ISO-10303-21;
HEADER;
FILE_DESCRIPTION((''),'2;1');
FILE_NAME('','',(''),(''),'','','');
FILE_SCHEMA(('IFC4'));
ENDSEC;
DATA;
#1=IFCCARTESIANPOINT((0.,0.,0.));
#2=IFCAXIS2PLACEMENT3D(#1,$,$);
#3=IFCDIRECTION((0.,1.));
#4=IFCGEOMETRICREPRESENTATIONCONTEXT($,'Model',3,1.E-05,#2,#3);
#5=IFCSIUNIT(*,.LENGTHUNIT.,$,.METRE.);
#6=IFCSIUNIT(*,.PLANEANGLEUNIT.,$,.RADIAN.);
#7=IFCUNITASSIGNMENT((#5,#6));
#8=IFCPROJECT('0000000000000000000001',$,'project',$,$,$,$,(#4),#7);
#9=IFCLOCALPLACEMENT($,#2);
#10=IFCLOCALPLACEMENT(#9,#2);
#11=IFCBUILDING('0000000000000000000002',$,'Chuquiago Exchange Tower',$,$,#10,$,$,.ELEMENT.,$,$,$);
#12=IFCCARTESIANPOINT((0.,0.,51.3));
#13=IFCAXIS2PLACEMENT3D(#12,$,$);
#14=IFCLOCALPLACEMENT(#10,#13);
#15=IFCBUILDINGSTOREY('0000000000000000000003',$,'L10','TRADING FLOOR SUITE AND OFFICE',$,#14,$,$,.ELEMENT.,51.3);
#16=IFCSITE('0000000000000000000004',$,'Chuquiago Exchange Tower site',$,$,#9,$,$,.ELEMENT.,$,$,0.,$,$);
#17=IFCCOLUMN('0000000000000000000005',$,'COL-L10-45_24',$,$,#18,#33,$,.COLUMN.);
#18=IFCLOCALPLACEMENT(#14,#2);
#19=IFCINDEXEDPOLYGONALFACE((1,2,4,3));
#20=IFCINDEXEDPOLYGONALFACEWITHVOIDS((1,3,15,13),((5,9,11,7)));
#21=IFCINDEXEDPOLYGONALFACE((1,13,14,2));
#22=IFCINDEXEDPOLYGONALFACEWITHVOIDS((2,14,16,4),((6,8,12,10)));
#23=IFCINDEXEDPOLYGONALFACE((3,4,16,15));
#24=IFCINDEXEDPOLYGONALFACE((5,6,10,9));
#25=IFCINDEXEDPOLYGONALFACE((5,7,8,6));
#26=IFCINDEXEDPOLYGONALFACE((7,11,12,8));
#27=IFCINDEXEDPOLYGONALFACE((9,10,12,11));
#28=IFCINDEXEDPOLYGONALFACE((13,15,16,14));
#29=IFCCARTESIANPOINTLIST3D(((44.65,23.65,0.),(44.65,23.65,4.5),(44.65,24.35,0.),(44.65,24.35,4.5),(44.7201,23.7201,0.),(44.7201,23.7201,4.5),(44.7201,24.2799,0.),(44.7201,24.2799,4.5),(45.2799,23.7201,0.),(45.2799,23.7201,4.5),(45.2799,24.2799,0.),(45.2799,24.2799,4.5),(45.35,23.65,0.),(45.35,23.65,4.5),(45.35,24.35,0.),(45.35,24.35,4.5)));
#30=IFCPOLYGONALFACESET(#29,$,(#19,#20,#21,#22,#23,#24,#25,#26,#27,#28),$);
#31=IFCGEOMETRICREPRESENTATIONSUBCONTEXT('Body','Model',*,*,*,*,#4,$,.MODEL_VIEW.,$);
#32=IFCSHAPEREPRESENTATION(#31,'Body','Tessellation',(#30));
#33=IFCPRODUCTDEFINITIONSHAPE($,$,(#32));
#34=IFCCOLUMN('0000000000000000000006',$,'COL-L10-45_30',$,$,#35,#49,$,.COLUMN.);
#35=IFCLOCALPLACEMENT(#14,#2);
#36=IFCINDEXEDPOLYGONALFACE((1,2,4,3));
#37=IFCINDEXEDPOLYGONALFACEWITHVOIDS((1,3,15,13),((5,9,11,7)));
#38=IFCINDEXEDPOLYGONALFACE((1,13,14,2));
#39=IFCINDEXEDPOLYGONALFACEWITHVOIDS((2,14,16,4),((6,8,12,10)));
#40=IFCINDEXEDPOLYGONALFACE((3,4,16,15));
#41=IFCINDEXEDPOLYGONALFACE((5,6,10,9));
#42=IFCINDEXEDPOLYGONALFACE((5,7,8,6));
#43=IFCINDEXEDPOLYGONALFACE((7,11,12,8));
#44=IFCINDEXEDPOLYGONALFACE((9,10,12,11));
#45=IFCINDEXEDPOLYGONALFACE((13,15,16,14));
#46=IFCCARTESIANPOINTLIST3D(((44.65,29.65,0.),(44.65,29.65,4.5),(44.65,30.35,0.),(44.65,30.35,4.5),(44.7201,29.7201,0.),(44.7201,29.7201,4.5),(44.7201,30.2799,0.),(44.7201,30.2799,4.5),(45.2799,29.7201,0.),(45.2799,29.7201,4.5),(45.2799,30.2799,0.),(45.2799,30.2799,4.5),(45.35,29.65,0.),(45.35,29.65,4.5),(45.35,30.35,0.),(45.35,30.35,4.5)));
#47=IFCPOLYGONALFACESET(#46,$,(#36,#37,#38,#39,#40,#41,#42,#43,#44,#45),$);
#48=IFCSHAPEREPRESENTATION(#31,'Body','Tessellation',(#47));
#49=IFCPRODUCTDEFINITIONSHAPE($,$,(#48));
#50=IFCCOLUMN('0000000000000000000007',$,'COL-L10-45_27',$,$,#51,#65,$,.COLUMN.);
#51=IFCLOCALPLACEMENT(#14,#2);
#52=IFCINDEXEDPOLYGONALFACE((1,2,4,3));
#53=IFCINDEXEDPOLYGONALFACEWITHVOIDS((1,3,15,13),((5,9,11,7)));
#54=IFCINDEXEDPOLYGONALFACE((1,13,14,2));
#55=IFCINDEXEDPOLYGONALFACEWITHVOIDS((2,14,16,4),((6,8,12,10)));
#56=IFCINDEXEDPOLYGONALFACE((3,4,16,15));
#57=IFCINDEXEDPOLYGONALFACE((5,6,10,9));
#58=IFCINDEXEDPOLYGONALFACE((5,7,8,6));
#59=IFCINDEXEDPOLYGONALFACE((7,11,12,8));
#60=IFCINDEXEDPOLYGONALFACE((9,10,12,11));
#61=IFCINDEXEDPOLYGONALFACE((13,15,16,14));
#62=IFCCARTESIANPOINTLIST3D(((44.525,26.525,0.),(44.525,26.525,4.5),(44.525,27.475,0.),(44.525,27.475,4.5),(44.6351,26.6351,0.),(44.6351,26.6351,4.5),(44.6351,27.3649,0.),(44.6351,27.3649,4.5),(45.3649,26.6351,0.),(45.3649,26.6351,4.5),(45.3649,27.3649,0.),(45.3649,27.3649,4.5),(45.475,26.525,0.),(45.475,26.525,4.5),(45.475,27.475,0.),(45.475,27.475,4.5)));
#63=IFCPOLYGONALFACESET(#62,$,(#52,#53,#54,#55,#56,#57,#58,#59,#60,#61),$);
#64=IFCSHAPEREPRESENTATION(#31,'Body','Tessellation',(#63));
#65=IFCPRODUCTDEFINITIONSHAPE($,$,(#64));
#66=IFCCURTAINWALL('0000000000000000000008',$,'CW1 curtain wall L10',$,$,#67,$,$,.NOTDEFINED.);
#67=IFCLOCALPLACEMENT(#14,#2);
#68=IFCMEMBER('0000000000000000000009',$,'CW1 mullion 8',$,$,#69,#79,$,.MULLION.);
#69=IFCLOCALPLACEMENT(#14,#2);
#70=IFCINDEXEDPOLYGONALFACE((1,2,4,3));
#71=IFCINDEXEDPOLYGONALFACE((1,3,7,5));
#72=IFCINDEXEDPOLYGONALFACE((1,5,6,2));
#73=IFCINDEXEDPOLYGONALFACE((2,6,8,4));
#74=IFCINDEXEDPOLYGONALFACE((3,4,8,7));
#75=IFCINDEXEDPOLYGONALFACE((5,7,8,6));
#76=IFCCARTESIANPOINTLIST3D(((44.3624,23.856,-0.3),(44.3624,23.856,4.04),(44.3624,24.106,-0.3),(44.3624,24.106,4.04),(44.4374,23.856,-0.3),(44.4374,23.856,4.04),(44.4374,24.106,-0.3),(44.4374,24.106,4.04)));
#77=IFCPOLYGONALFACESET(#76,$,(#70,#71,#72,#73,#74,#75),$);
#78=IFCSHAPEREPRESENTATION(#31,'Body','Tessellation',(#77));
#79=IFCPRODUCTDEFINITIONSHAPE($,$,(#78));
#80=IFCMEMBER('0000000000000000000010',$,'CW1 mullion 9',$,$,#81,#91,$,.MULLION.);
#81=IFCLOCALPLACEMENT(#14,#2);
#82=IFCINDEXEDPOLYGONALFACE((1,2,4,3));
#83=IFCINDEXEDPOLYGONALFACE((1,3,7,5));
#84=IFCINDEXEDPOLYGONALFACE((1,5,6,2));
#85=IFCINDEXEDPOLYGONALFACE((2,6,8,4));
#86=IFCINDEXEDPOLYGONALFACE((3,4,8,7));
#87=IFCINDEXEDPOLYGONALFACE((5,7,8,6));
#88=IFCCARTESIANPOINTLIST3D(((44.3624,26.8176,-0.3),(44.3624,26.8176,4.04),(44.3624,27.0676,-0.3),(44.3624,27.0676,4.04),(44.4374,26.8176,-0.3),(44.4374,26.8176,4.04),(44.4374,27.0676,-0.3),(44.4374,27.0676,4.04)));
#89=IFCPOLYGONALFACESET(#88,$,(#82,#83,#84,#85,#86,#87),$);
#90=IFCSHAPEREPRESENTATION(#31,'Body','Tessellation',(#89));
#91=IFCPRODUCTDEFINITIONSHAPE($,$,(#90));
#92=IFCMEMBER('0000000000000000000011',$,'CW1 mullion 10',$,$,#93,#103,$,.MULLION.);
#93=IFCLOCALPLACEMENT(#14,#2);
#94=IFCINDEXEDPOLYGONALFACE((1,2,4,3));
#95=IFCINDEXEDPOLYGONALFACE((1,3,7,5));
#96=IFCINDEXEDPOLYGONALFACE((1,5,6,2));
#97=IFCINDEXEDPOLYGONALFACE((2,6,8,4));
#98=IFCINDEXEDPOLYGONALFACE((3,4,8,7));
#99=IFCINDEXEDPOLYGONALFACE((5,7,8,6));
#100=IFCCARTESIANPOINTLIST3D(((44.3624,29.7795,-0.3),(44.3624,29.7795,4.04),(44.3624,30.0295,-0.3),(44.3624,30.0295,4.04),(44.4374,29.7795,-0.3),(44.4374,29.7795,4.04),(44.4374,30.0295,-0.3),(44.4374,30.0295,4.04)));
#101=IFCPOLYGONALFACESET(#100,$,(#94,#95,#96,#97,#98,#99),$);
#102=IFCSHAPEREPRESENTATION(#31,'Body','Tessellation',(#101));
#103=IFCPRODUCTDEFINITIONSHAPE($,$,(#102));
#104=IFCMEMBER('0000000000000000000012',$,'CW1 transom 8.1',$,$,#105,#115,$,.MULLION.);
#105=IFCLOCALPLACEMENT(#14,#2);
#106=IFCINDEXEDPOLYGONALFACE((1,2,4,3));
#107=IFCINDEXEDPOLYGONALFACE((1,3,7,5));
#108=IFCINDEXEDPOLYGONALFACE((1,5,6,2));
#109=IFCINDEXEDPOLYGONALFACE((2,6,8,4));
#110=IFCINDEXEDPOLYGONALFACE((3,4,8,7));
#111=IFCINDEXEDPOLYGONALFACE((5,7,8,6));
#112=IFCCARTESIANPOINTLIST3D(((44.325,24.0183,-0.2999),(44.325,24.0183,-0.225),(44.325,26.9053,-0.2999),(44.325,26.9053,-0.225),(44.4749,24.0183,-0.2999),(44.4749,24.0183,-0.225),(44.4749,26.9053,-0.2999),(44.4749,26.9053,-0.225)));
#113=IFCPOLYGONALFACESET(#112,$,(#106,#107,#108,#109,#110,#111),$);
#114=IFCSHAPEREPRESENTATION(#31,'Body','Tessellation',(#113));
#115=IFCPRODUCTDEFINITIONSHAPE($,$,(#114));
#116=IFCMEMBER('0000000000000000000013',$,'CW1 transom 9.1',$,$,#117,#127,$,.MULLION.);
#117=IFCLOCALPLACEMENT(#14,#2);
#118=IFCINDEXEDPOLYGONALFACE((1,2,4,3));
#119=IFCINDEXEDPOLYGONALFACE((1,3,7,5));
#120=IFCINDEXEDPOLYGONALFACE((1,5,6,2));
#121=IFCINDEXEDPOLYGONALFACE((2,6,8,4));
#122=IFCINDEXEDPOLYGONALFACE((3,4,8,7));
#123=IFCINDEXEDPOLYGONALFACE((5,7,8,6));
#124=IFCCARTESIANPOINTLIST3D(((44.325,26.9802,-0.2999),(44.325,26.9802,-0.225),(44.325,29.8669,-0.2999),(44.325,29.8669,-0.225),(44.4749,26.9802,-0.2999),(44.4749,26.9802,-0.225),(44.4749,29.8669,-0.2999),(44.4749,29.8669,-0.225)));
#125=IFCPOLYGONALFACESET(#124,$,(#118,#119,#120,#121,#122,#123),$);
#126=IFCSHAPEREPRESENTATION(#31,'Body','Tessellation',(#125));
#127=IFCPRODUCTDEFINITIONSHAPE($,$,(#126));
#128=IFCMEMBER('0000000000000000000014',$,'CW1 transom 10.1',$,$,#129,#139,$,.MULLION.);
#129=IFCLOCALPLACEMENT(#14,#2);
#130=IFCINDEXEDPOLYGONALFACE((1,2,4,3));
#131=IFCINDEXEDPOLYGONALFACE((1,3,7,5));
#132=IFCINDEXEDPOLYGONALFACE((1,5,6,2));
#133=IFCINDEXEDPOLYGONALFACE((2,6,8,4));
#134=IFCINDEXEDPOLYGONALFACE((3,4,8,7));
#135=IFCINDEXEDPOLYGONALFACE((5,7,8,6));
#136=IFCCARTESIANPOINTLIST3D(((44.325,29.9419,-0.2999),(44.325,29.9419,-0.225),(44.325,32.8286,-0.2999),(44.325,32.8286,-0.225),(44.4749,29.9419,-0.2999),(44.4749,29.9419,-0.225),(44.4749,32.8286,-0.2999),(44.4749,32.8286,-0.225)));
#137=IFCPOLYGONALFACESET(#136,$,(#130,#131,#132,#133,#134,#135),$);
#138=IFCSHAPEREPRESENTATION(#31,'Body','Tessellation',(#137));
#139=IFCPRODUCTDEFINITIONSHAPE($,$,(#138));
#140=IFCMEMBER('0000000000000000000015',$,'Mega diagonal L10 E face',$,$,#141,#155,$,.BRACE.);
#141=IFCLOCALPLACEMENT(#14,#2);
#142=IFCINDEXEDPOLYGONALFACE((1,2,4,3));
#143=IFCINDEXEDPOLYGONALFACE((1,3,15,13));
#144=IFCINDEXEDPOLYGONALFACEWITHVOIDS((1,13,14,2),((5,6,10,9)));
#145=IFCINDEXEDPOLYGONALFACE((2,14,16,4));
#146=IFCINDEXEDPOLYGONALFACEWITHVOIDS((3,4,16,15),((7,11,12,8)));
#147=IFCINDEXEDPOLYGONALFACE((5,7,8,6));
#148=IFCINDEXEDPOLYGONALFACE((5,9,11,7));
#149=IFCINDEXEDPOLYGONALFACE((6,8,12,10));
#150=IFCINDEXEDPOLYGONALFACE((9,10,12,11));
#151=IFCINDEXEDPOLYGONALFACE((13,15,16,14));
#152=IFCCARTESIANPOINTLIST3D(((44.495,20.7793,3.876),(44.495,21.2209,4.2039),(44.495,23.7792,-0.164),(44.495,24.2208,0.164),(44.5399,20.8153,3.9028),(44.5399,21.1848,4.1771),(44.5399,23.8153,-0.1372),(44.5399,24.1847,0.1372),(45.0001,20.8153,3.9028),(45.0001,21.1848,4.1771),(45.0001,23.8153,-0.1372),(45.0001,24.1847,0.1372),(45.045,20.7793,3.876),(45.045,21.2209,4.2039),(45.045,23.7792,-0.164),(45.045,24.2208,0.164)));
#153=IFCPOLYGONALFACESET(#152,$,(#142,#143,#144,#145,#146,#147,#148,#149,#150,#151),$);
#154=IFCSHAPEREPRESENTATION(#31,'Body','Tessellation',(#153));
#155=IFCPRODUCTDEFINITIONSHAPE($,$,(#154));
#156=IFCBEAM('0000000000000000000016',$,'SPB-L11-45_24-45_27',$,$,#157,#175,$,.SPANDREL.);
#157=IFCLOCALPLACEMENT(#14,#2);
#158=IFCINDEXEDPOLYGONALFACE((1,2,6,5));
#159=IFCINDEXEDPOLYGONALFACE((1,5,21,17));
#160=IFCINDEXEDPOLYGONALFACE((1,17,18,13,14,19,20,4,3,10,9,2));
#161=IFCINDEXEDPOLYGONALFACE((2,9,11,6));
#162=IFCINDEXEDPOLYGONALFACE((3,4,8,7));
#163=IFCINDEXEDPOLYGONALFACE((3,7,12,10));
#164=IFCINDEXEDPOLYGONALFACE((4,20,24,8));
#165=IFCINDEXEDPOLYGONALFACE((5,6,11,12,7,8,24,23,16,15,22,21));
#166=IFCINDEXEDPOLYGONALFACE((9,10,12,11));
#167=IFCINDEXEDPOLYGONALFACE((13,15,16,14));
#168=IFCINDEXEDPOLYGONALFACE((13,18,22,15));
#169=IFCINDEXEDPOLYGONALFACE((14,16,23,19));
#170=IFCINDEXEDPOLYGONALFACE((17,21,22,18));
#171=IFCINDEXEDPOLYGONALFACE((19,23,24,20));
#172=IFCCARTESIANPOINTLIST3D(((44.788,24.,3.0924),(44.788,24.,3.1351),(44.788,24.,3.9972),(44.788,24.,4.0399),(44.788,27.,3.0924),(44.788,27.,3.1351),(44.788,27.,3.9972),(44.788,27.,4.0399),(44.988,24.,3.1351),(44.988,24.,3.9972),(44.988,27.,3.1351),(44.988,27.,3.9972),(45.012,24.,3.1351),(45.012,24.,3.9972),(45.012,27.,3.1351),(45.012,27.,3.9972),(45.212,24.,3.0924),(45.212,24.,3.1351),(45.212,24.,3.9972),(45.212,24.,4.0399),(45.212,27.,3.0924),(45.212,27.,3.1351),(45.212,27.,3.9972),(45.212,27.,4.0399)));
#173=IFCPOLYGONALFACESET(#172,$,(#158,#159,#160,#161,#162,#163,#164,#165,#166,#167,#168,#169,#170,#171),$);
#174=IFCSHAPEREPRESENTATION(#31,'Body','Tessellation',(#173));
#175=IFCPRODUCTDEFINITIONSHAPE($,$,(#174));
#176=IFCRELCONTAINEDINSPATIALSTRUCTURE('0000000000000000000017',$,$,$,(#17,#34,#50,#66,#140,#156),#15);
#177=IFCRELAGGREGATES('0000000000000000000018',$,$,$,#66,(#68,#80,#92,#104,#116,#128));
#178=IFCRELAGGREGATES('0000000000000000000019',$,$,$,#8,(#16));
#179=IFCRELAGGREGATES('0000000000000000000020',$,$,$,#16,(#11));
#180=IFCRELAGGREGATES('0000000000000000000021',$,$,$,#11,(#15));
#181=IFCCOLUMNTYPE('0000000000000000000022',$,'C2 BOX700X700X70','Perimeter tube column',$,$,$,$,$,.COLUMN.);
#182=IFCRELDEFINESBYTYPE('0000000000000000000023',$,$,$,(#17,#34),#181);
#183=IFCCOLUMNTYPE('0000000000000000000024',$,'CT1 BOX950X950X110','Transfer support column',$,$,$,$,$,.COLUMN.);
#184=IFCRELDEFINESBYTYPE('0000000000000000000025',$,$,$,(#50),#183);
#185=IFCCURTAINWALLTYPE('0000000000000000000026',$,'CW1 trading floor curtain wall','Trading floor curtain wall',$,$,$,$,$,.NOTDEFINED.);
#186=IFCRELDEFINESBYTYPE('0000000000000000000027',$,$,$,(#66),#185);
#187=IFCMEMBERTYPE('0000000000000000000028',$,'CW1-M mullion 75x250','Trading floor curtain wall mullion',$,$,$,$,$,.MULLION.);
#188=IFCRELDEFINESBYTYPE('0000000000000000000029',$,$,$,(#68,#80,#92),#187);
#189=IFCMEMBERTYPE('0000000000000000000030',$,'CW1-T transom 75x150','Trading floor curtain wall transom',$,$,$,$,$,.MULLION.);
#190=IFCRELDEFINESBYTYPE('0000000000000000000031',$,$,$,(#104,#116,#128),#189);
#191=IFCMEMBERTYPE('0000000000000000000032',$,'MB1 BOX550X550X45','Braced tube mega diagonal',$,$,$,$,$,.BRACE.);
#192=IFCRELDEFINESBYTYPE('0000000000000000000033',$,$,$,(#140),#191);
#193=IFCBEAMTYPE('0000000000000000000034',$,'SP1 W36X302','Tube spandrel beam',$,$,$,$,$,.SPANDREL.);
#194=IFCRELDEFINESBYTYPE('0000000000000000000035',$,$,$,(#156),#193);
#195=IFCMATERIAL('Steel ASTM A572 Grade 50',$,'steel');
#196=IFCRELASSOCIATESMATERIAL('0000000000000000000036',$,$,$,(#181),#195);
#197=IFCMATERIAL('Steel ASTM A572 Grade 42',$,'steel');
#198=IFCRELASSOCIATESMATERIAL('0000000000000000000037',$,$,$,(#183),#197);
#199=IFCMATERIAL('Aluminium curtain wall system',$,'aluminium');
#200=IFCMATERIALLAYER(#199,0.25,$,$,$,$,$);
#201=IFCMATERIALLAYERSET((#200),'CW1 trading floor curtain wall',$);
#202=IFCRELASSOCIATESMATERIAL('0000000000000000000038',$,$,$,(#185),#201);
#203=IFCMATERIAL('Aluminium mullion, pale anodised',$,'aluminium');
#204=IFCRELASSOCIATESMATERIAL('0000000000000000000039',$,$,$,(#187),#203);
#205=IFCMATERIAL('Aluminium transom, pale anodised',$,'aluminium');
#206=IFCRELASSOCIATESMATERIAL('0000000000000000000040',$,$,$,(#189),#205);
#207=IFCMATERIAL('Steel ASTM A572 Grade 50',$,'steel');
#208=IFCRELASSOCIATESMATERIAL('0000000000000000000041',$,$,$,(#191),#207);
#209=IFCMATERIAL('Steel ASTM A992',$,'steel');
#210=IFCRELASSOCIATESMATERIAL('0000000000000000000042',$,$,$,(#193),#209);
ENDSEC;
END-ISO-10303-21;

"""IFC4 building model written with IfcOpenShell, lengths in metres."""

from ifc_helpers import new_model, si_unit, direction, frame, origin, origin_2d, place, context, subcontext, project, spatial, rectangle, hollow_rectangle, i_section, extrude, material, layer, layer_set, material_profile, profile_set, type_object, element, aggregate, save


model = new_model("IFC4")

# Units and contexts
model_context = context("Model", 3, precision=1e-05, world=origin(), true_north=direction((0.0, 1.0)))
body_context = subcontext(model_context, "Body", "Model", "MODEL_VIEW")
ifc_project = project(units=[si_unit("LENGTHUNIT", "METRE"), si_unit("PLANEANGLEUNIT", "RADIAN")], contexts=[model_context])

# Site, building, storey
site_placement = place(None, origin())
site = spatial("IfcSite", under=ifc_project, at=site_placement, Name="Chuquiago Exchange Tower site", CompositionType="ELEMENT", RefElevation=0.0)
building_placement = place(site_placement, origin())
building = spatial("IfcBuilding", under=site, at=building_placement, Name="Chuquiago Exchange Tower", CompositionType="ELEMENT")
storey_placement = place(building_placement, frame((0.0, 0.0, 51.3)))
storey = spatial("IfcBuildingStorey", under=building, at=storey_placement, Name="L10", Description="TRADING FLOOR SUITE AND OFFICE", CompositionType="ELEMENT", Elevation=51.3)

# Columns
ifc_material_1 = material(Name="Steel ASTM A572 Grade 50", Category="steel")
ifc_material_profile_1 = material_profile(ifc_material_1, hollow_rectangle(XDim=0.7, YDim=0.7, WallThickness=0.0701, at=origin_2d()), Name="BOX700X700X70")
ifc_profile_set_1 = profile_set([ifc_material_profile_1], Name="Steel ASTM A572 Grade 50")
column_type_1 = type_object("IfcColumnType", Name="C2 BOX700X700X70", Description="Perimeter tube column", PredefinedType="COLUMN", material=ifc_profile_set_1)
for number, where, z_axis, x_axis, name in (
    (1, (45.0, 24.0, 0.0), (0.0, 0.0, 1.0), (1.0, 0.0, 0.0), "COL-L10-45_24"),
    (2, (45.0, 30.0, 0.0), (0.0, 0.0, 1.0), (1.0, 0.0, 0.0), "COL-L10-45_30"),
):
    element("IfcColumn", number, at=place(storey_placement, frame(where, z_axis=z_axis, x_axis=x_axis)), inside=storey, type_object=column_type_1, Name=name, PredefinedType="COLUMN", context=body_context, shape_type="SweptSolid", body=[
        extrude(hollow_rectangle(XDim=0.7, YDim=0.7, WallThickness=0.0701, at=origin_2d()), origin(), (0.0, 0.0, 1.0), 4.5),
    ])
ifc_material_2 = material(Name="Steel ASTM A572 Grade 42", Category="steel")
ifc_material_profile_2 = material_profile(ifc_material_2, hollow_rectangle(XDim=0.95, YDim=0.95, WallThickness=0.1101, at=origin_2d()), Name="BOX950X950X110")
ifc_profile_set_2 = profile_set([ifc_material_profile_2], Name="Steel ASTM A572 Grade 42")
column_type_2 = type_object("IfcColumnType", Name="CT1 BOX950X950X110", Description="Transfer support column", PredefinedType="COLUMN", material=ifc_profile_set_2)
column_placement = place(storey_placement, frame((45.0, 27.0, 0.0), z_axis=(0.0, 0.0, 1.0), x_axis=(1.0, 0.0, 0.0)))
element("IfcColumn", 3, at=column_placement, inside=storey, type_object=column_type_2, Name="COL-L10-45_27", PredefinedType="COLUMN", context=body_context, shape_type="SweptSolid", body=[
    extrude(hollow_rectangle(XDim=0.95, YDim=0.95, WallThickness=0.1101, at=origin_2d()), origin(), (0.0, 0.0, 1.0), 4.5),
])

# Curtain wall, members
ifc_material_3 = material(Name="Aluminium curtain wall system", Category="aluminium")
ifc_layer_1 = layer(ifc_material_3, 0.25)
ifc_layer_set_1 = layer_set([ifc_layer_1], Name="CW1 trading floor curtain wall")
curtain_wall_type = type_object("IfcCurtainWallType", Name="CW1 trading floor curtain wall", Description="Trading floor curtain wall", PredefinedType="NOTDEFINED", material=ifc_layer_set_1)
curtain_wall_placement = place(storey_placement, origin())
curtain_wall = element("IfcCurtainWall", 4, at=curtain_wall_placement, inside=storey, type_object=curtain_wall_type, Name="CW1 curtain wall L10", PredefinedType="NOTDEFINED")
ifc_material_4 = material(Name="Aluminium mullion, pale anodised", Category="aluminium")
ifc_material_profile_3 = material_profile(ifc_material_4, rectangle(XDim=0.075, YDim=0.25, at=origin_2d()), Name="AL 75x250")
ifc_profile_set_3 = profile_set([ifc_material_profile_3], Name="Aluminium mullion, pale anodised")
member_type_1 = type_object("IfcMemberType", Name="CW1-M mullion 75x250", Description="Trading floor curtain wall mullion", PredefinedType="MULLION", material=ifc_profile_set_3)
member_1_placement = place(storey_placement, frame((44.3999, 23.981, -0.3), z_axis=(0.0, 0.0, 1.0), x_axis=(-1.0, 0.0, 0.0)))
member_1 = element("IfcMember", 5, at=member_1_placement, type_object=member_type_1, Name="CW1 mullion 8", PredefinedType="MULLION", context=body_context, shape_type="SweptSolid", body=[
    extrude(rectangle(XDim=0.075, YDim=0.25, at=origin_2d()), origin(), (0.0, 0.0, 1.0), 4.3401),
])
member_2_placement = place(storey_placement, frame((44.3999, 26.9426, -0.3), z_axis=(0.0, 0.0, 1.0), x_axis=(-1.0, 0.0, 0.0)))
member_2 = element("IfcMember", 6, at=member_2_placement, type_object=member_type_1, Name="CW1 mullion 9", PredefinedType="MULLION", context=body_context, shape_type="SweptSolid", body=[
    extrude(rectangle(XDim=0.075, YDim=0.25, at=origin_2d()), origin(), (0.0, 0.0, 1.0), 4.3401),
])
member_3_placement = place(storey_placement, frame((44.3999, 29.9045, -0.3), z_axis=(0.0, 0.0, 1.0), x_axis=(-1.0, 0.0, 0.0)))
member_3 = element("IfcMember", 7, at=member_3_placement, type_object=member_type_1, Name="CW1 mullion 10", PredefinedType="MULLION", context=body_context, shape_type="SweptSolid", body=[
    extrude(rectangle(XDim=0.075, YDim=0.25, at=origin_2d()), origin(), (0.0, 0.0, 1.0), 4.3401),
])
ifc_material_5 = material(Name="Aluminium transom, pale anodised", Category="aluminium")
ifc_material_profile_4 = material_profile(ifc_material_5, rectangle(XDim=0.1499, YDim=0.075, at=origin_2d()), Name="AL 150x75")
ifc_profile_set_4 = profile_set([ifc_material_profile_4], Name="Aluminium transom, pale anodised")
member_type_2 = type_object("IfcMemberType", Name="CW1-T transom 75x150", Description="Trading floor curtain wall transom", PredefinedType="MULLION", material=ifc_profile_set_4)
member_4_placement = place(storey_placement, frame((44.3999, 24.0183, -0.2625), z_axis=(0.0, 1.0, 0.0), x_axis=(-1.0, 0.0, 0.0)))
member_4 = element("IfcMember", 8, at=member_4_placement, type_object=member_type_2, Name="CW1 transom 8.1", PredefinedType="MULLION", context=body_context, shape_type="SweptSolid", body=[
    extrude(rectangle(XDim=0.1499, YDim=0.075, at=origin_2d()), origin(), (0.0, 0.0, 1.0), 2.887),
])
member_5_placement = place(storey_placement, frame((44.3999, 26.9802, -0.2625), z_axis=(0.0, 1.0, 0.0), x_axis=(-1.0, 0.0, 0.0)))
member_5 = element("IfcMember", 9, at=member_5_placement, type_object=member_type_2, Name="CW1 transom 9.1", PredefinedType="MULLION", context=body_context, shape_type="SweptSolid", body=[
    extrude(rectangle(XDim=0.1499, YDim=0.075, at=origin_2d()), origin(), (0.0, 0.0, 1.0), 2.8867),
])
member_6_placement = place(storey_placement, frame((44.3999, 29.9419, -0.2625), z_axis=(0.0, 1.0, 0.0), x_axis=(-1.0, 0.0, 0.0)))
member_6 = element("IfcMember", 10, at=member_6_placement, type_object=member_type_2, Name="CW1 transom 10.1", PredefinedType="MULLION", context=body_context, shape_type="SweptSolid", body=[
    extrude(rectangle(XDim=0.1499, YDim=0.075, at=origin_2d()), origin(), (0.0, 0.0, 1.0), 2.8867),
])

# Member
ifc_material_6 = material(Name="Steel ASTM A572 Grade 50", Category="steel")
ifc_material_profile_5 = material_profile(ifc_material_6, hollow_rectangle(XDim=0.55, YDim=0.55, WallThickness=0.0449, at=origin_2d()), Name="BOX550X550X45")
ifc_profile_set_5 = profile_set([ifc_material_profile_5], Name="Steel ASTM A572 Grade 50")
member_type_3 = type_object("IfcMemberType", Name="MB1 BOX550X550X45", Description="Braced tube mega diagonal", PredefinedType="BRACE", material=ifc_profile_set_5)
member_7_placement = place(storey_placement, frame((44.77, 24.0, 0.0), z_axis=(0.0, -0.596174, 0.802855), x_axis=(1.0, 0.0, 0.0)))
element("IfcMember", 11, at=member_7_placement, inside=storey, type_object=member_type_3, Name="Mega diagonal L10 E face", PredefinedType="BRACE", context=body_context, shape_type="SweptSolid", body=[
    extrude(hollow_rectangle(XDim=0.55, YDim=0.55, WallThickness=0.0449, at=origin_2d()), origin(), (0.0, 0.0, 1.0), 5.032),
])

# Beam
ifc_material_7 = material(Name="Steel ASTM A992", Category="steel")
ifc_material_profile_6 = material_profile(ifc_material_7, i_section(OverallWidth=0.4241, OverallDepth=0.9475, WebThickness=0.0239, FlangeThickness=0.0427, at=origin_2d()), Name="W36X302")
ifc_profile_set_6 = profile_set([ifc_material_profile_6], Name="Steel ASTM A992")
beam_type = type_object("IfcBeamType", Name="SP1 W36X302", Description="Tube spandrel beam", PredefinedType="SPANDREL", material=ifc_profile_set_6)
for number, where, z_axis, x_axis, name in (
    (12, (45.0, 24.0, 3.5662), (0.0, 1.0, 0.0), (-1.0, 0.0, 0.0), "SPB-L11-45_24-45_27"),
):
    element("IfcBeam", number, at=place(storey_placement, frame(where, z_axis=z_axis, x_axis=x_axis)), inside=storey, type_object=beam_type, Name=name, PredefinedType="SPANDREL", context=body_context, shape_type="SweptSolid", body=[
        extrude(i_section(OverallWidth=0.4241, OverallDepth=0.9475, WebThickness=0.0239, FlangeThickness=0.0427, at=origin_2d()), origin(), (0.0, 0.0, 1.0), 3.0),
    ])

aggregate(curtain_wall, [member_1, member_2, member_3, member_4, member_5, member_6])

save(model, "model.ifc")
